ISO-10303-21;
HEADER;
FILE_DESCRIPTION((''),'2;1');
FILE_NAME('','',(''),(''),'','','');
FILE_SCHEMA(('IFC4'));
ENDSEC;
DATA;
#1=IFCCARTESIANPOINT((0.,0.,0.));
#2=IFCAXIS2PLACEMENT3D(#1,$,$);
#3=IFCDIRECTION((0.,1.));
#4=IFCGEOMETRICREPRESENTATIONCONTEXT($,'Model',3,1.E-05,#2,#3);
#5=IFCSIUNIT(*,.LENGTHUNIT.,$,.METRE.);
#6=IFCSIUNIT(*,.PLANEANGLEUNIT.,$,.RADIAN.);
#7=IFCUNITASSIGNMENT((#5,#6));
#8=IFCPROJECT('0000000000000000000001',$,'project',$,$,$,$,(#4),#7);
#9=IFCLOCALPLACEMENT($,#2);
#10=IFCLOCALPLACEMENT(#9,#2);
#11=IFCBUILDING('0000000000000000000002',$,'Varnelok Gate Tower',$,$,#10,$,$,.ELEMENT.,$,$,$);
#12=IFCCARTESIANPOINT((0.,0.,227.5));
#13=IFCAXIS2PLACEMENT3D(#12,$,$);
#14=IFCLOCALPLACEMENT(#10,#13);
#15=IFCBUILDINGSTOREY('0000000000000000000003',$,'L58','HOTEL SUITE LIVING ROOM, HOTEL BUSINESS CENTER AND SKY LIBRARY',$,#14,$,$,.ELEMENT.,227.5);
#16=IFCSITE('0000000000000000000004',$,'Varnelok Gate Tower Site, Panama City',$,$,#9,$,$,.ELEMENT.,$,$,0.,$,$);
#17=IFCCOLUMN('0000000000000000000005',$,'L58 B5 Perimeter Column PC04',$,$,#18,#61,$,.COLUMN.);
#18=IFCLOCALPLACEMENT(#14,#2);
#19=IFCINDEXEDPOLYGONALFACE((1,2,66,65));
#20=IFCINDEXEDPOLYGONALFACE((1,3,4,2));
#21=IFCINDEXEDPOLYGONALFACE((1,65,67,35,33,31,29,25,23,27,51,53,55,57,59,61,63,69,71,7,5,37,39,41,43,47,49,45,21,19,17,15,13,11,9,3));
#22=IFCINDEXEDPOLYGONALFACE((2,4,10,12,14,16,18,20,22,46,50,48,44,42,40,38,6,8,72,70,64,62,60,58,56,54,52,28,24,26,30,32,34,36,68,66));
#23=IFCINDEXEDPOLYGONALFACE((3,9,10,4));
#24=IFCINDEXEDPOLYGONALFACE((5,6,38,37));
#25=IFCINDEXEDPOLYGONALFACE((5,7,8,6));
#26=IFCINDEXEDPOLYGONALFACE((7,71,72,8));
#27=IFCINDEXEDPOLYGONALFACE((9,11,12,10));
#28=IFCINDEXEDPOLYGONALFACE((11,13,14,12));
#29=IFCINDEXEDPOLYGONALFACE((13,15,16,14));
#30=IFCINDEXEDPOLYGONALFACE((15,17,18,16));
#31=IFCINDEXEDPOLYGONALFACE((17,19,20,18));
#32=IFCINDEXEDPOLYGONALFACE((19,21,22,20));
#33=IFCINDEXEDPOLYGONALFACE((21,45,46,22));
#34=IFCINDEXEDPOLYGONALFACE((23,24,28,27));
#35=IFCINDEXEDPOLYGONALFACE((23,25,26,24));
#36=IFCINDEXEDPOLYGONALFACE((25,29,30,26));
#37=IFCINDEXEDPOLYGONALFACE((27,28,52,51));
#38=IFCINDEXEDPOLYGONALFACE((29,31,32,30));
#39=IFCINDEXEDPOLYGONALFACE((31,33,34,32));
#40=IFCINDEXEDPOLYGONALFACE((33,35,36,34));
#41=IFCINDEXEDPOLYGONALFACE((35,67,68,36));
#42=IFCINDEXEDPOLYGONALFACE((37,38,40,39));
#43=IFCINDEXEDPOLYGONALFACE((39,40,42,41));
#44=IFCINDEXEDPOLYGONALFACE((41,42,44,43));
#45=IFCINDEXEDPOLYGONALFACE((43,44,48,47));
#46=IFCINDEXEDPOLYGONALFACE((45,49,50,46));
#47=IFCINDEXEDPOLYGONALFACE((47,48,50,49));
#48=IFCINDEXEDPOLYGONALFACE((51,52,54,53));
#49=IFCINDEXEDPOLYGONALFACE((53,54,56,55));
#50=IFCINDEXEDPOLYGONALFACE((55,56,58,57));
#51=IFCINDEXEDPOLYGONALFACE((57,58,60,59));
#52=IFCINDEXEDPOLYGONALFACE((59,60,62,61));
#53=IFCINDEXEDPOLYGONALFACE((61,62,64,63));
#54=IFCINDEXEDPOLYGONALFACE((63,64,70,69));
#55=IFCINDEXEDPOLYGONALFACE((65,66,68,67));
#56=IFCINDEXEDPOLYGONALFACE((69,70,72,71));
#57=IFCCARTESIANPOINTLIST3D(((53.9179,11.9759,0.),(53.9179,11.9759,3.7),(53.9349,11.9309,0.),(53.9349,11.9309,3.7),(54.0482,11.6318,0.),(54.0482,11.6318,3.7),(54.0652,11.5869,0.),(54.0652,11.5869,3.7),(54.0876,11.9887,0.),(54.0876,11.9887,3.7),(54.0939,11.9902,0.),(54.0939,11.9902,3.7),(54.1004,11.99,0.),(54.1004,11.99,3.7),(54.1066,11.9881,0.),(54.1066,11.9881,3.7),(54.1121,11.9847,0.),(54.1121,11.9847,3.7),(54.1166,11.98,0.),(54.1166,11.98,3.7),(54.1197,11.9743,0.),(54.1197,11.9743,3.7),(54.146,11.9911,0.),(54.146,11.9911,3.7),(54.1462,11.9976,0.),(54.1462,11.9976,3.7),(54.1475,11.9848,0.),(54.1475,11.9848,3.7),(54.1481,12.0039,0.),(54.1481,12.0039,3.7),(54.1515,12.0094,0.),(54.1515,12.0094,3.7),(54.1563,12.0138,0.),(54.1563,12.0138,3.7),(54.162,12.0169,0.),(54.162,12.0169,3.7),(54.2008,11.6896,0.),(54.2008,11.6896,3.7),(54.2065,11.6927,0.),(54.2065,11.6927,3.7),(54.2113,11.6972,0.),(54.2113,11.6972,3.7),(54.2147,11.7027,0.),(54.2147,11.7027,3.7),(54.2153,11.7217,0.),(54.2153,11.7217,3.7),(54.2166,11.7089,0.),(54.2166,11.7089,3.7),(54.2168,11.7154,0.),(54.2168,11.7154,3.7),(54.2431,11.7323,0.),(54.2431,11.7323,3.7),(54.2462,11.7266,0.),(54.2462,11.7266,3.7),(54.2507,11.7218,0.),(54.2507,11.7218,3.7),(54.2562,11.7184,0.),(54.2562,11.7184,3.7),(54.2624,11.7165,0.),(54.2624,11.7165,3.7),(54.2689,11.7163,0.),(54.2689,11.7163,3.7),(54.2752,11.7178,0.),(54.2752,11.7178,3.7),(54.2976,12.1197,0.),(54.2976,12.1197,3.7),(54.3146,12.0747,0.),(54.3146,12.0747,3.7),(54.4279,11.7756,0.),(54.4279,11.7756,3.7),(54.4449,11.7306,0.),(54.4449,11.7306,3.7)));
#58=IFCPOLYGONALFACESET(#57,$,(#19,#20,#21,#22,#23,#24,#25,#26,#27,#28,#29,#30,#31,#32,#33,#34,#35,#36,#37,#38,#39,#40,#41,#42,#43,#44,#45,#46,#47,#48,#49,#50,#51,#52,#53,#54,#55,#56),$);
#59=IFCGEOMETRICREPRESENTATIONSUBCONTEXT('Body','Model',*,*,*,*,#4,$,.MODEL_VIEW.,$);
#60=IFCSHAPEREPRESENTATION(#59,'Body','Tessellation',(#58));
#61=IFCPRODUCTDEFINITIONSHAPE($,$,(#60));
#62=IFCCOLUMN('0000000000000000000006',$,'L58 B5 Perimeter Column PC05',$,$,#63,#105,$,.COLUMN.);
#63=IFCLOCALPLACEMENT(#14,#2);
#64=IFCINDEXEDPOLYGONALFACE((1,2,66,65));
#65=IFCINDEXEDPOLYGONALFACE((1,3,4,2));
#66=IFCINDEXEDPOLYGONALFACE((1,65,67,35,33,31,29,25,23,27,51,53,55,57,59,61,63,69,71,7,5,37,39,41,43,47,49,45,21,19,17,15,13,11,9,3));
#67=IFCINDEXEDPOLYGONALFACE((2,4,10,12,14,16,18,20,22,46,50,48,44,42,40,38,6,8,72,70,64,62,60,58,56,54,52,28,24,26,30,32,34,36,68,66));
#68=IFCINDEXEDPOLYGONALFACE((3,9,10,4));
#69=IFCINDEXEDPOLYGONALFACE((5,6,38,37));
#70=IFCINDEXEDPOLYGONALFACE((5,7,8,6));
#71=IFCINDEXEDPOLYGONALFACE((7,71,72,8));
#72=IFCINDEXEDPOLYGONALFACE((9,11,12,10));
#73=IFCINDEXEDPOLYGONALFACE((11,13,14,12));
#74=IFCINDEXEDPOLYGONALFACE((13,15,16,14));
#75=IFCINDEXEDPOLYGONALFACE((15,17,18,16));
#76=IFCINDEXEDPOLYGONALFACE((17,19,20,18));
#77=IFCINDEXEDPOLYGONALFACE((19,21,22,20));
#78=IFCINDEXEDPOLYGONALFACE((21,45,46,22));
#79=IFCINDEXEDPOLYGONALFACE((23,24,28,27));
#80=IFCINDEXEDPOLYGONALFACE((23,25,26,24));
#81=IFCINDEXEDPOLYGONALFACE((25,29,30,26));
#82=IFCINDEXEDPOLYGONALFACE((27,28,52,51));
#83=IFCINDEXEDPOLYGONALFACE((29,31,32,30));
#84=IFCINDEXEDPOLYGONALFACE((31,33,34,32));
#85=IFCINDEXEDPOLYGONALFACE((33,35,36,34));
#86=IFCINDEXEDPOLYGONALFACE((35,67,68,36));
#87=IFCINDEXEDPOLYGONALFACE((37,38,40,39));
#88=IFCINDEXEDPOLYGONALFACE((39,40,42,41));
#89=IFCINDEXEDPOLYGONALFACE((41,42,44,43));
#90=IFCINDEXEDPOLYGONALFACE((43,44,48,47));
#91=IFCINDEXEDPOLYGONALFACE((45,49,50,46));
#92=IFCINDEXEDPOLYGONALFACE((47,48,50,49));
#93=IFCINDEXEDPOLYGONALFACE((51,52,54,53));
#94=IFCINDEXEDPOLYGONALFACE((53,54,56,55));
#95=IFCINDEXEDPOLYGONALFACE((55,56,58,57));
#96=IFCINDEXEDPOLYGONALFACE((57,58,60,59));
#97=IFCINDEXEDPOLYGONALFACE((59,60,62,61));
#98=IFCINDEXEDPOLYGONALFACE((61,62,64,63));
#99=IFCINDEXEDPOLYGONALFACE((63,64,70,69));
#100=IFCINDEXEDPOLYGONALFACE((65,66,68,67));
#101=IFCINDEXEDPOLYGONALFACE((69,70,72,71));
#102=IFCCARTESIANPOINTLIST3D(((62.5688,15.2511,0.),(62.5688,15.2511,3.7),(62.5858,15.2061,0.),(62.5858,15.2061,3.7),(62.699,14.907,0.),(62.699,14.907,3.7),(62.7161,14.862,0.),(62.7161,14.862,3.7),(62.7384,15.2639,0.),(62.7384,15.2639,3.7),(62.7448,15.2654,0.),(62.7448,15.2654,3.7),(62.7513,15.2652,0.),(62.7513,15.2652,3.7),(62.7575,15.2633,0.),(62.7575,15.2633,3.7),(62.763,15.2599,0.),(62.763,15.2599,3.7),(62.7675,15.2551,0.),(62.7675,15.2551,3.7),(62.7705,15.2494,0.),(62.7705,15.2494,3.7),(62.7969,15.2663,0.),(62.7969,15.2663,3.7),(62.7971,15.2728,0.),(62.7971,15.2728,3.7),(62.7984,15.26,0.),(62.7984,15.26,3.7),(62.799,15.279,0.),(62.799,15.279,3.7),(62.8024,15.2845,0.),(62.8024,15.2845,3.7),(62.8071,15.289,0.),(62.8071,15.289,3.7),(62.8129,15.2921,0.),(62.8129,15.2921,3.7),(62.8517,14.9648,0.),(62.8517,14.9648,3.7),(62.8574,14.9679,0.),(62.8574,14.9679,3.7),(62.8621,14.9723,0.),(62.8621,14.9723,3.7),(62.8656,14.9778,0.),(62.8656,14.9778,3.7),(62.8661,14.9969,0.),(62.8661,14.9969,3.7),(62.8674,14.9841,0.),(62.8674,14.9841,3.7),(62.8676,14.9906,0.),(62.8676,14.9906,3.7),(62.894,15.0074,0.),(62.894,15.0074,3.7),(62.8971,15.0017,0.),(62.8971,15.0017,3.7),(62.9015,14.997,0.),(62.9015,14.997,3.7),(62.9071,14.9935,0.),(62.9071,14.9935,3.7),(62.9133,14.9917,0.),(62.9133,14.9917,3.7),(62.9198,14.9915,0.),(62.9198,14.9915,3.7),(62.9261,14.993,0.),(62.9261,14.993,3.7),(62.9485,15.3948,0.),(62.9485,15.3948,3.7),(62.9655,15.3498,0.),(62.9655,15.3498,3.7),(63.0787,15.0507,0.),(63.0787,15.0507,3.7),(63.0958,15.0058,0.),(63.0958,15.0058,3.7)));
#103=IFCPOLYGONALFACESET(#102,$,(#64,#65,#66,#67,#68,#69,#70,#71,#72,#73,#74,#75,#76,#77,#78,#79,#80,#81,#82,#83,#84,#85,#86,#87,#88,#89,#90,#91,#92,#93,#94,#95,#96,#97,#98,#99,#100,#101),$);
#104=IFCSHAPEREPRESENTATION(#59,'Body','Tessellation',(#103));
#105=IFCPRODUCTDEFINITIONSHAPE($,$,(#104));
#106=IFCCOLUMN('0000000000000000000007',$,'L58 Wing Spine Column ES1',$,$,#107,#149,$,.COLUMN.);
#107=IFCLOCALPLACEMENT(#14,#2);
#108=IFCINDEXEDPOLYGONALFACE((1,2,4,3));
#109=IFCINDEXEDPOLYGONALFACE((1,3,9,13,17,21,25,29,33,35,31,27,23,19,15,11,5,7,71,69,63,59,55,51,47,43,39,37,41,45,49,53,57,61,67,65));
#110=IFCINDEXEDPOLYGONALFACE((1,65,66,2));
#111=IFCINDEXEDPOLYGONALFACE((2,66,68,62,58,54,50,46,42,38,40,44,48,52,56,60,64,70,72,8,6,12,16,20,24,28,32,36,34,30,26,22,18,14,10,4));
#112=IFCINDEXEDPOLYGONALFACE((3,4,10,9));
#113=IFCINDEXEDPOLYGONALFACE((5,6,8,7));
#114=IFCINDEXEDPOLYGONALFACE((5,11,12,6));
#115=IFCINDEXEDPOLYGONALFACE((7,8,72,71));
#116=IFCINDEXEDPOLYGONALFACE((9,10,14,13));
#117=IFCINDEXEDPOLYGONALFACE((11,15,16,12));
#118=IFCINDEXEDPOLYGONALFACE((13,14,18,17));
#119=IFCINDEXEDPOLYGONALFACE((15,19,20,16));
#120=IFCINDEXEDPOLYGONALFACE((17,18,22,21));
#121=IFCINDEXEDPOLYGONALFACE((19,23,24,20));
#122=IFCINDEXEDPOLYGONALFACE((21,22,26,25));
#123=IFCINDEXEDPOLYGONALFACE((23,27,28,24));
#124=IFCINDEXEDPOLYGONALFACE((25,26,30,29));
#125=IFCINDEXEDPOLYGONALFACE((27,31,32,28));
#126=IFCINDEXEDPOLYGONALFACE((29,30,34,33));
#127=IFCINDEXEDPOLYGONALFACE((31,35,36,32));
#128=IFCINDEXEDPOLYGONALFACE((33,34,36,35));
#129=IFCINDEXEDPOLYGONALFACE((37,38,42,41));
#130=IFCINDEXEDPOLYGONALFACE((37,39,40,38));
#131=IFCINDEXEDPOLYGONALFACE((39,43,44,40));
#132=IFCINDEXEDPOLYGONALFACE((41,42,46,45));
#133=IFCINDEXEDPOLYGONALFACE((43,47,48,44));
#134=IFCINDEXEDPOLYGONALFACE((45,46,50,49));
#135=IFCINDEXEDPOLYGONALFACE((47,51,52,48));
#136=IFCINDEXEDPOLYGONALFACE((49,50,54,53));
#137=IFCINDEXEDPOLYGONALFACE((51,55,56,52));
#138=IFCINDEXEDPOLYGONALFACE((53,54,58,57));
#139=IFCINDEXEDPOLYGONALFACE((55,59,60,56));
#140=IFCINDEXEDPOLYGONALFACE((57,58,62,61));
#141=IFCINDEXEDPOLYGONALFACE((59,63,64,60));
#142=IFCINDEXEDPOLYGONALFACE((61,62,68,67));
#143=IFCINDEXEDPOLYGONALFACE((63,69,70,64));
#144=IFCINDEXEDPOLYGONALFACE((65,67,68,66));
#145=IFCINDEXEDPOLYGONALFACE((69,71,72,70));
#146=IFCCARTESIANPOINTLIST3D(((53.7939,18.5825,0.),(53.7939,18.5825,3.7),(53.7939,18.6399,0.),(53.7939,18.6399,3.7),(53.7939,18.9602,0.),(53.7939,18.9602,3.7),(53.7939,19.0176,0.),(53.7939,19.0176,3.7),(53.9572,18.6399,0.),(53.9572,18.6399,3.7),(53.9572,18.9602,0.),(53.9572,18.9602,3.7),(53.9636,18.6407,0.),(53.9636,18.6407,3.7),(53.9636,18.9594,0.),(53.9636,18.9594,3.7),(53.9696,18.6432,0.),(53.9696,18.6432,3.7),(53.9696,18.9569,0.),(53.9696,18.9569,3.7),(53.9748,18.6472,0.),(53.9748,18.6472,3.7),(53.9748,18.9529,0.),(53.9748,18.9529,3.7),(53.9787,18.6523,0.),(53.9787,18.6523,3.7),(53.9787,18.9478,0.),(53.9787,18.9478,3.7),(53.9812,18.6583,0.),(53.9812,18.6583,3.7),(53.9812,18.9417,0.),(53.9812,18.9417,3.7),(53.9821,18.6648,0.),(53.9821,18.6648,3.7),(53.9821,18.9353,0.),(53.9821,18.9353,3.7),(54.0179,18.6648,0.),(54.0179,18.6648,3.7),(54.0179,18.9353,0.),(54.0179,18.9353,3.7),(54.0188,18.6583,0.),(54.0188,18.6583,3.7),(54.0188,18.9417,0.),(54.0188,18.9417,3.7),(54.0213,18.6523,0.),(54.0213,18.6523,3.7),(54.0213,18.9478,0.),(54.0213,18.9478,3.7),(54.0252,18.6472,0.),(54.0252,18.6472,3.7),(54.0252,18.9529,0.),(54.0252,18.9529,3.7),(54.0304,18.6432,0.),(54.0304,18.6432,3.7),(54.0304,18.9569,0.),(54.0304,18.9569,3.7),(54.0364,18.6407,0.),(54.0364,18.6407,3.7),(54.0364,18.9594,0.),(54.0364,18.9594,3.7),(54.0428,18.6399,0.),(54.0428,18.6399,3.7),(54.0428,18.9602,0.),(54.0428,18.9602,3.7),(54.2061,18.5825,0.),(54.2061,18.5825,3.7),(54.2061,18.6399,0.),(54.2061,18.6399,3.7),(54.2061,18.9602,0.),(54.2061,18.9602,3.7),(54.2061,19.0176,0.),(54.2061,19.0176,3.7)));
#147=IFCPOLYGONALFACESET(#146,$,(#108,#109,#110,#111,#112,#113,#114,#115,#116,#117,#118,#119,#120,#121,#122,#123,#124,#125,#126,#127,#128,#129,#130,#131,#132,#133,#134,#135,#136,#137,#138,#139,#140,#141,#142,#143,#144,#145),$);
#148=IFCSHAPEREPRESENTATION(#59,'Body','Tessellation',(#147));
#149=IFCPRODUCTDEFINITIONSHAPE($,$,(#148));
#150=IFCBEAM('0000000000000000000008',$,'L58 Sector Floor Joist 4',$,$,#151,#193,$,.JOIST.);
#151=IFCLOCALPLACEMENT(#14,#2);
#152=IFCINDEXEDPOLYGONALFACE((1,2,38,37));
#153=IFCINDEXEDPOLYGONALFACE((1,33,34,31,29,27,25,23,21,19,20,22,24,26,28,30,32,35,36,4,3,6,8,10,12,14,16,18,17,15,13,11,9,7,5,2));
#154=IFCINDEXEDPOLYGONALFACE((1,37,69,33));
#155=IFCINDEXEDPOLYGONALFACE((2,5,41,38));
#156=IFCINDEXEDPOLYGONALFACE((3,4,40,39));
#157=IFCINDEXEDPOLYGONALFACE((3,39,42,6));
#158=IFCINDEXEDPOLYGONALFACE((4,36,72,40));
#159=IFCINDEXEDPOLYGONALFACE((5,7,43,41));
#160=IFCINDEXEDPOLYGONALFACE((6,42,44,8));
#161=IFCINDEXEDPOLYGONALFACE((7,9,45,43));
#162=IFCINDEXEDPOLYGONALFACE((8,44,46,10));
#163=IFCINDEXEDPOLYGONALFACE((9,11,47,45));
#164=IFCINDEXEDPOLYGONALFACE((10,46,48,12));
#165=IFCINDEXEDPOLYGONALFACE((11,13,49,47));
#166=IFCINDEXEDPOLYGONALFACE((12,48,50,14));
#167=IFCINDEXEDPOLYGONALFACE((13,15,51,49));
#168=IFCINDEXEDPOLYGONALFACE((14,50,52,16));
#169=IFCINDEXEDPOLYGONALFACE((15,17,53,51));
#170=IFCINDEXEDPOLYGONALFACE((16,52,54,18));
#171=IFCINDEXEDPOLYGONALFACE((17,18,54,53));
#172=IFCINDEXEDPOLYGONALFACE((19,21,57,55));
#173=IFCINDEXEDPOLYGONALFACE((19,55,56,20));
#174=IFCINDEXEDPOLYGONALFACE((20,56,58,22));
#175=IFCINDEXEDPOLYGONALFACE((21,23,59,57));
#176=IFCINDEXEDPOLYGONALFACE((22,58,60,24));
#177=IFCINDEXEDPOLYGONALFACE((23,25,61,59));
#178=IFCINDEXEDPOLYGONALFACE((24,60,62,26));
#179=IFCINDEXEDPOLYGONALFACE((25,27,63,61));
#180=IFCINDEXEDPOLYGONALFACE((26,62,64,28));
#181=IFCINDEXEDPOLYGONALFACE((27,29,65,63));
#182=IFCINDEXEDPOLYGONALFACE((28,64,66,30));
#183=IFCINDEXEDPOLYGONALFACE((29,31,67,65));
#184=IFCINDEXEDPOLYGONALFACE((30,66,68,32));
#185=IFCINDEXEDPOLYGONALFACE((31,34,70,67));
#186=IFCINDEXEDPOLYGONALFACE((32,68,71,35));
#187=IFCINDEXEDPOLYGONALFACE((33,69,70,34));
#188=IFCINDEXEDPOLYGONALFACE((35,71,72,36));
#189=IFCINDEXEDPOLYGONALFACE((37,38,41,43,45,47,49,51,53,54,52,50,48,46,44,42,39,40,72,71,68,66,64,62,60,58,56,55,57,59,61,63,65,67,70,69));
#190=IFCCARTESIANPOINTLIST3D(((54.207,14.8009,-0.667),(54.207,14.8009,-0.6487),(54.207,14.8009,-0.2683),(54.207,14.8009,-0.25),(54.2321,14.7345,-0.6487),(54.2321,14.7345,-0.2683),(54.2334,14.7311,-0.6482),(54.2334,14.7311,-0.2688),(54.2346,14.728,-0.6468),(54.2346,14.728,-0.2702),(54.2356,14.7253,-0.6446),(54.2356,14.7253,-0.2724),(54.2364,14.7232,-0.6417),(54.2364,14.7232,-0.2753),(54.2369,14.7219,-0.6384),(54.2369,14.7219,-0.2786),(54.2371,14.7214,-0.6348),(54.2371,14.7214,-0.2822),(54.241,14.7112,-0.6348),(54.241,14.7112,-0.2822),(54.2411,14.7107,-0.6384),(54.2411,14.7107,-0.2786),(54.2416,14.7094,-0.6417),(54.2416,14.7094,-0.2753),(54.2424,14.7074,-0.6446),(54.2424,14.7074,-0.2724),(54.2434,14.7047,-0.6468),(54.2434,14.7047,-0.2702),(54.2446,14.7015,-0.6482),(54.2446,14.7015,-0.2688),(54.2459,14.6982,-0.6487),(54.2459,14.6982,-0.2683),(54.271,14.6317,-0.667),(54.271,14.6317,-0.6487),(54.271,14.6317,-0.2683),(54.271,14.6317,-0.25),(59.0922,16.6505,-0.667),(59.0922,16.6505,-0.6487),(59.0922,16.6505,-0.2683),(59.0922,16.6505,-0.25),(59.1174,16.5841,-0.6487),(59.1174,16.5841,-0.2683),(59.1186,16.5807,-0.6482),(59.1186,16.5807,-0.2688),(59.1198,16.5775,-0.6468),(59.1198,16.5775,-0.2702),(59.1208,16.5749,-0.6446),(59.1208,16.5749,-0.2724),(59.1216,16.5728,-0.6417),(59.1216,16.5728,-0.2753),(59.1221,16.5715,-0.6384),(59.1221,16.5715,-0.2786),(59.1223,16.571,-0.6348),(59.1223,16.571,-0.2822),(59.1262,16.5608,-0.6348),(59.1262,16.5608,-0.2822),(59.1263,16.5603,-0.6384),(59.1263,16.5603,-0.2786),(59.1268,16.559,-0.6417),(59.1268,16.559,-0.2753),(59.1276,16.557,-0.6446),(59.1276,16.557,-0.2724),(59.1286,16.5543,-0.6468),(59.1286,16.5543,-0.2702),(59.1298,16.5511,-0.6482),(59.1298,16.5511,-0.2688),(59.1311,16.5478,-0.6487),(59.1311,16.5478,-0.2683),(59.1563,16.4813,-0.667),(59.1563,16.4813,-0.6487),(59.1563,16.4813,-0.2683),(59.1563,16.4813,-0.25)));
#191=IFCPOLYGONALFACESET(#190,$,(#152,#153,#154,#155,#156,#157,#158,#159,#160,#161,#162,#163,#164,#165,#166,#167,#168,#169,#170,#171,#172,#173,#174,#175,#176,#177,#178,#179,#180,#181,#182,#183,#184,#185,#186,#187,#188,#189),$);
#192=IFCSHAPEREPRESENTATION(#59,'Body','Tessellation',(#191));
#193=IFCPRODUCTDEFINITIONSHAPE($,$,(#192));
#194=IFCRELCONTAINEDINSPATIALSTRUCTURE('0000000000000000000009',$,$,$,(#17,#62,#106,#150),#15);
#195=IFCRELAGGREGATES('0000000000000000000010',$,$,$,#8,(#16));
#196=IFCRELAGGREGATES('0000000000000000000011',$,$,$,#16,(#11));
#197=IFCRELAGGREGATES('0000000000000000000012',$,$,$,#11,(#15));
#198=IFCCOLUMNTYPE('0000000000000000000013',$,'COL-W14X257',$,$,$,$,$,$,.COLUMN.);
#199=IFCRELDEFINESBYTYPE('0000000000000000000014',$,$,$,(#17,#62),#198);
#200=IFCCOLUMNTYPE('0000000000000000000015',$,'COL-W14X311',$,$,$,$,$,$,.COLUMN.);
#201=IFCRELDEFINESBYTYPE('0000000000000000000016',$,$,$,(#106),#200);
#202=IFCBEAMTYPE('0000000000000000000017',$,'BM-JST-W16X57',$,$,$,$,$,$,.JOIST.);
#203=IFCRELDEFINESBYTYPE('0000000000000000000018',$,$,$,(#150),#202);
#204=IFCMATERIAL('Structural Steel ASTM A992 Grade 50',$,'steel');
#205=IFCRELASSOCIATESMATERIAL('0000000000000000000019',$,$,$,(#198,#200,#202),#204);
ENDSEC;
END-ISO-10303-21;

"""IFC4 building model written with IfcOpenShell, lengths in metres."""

from ifc_helpers import new_model, si_unit, direction, frame, origin, origin_2d, place, context, subcontext, project, spatial, i_section, extrude, material, material_profile, profile_set, type_object, element, save


model = new_model("IFC4")

# Units and contexts
model_context = context("Model", 3, precision=1e-05, world=origin(), true_north=direction((0.0, 1.0)))
body_context = subcontext(model_context, "Body", "Model", "MODEL_VIEW")
ifc_project = project(units=[si_unit("LENGTHUNIT", "METRE"), si_unit("PLANEANGLEUNIT", "RADIAN")], contexts=[model_context])

# Site, building, storey
site_placement = place(None, origin())
site = spatial("IfcSite", under=ifc_project, at=site_placement, Name="Varnelok Gate Tower Site, Panama City", CompositionType="ELEMENT", RefElevation=0.0)
building_placement = place(site_placement, origin())
building = spatial("IfcBuilding", under=site, at=building_placement, Name="Varnelok Gate Tower", CompositionType="ELEMENT")
storey_placement = place(building_placement, frame((0.0, 0.0, 227.5)))
storey = spatial("IfcBuildingStorey", under=building, at=storey_placement, Name="L58", Description="HOTEL SUITE LIVING ROOM, HOTEL BUSINESS CENTER AND SKY LIBRARY", CompositionType="ELEMENT", Elevation=227.5)

# Columns
ifc_material_1 = material(Name="Structural Steel ASTM A992 Grade 50", Category="steel")
ifc_material_profile_1 = material_profile(ifc_material_1, i_section(OverallWidth=0.406, OverallDepth=0.416, WebThickness=0.0298, FlangeThickness=0.0481, FilletRadius=0.0249, at=origin_2d()), Name="W14X257")
ifc_profile_set_1 = profile_set([ifc_material_profile_1], Name="Structural Steel ASTM A992 Grade 50")
column_type_1 = type_object("IfcColumnType", Name="COL-W14X257", PredefinedType="COLUMN", material=ifc_profile_set_1)
for number, where, z_axis, x_axis, name in (
    (1, (54.1814, 11.8533, 0.0), (0.0, 0.0, 1.0), (0.935222, 0.354063, 0.0), "L58 B5 Perimeter Column PC04"),
    (2, (62.8323, 15.1284, 0.0), (0.0, 0.0, 1.0), (0.935222, 0.354063, 0.0), "L58 B5 Perimeter Column PC05"),
):
    element("IfcColumn", number, at=place(storey_placement, frame(where, z_axis=z_axis, x_axis=x_axis)), inside=storey, type_object=column_type_1, Name=name, PredefinedType="COLUMN", context=body_context, shape_type="SweptSolid", body=[
        extrude(i_section(OverallWidth=0.406, OverallDepth=0.416, WebThickness=0.0298, FlangeThickness=0.0481, FilletRadius=0.0249, at=origin_2d()), origin(), (0.0, 0.0, 1.0), 3.7),
    ])
ifc_material_profile_2 = material_profile(ifc_material_1, i_section(OverallWidth=0.4121, OverallDepth=0.4351, WebThickness=0.0359, FlangeThickness=0.0574, FilletRadius=0.0249, at=origin_2d()), Name="W14X311")
ifc_profile_set_2 = profile_set([ifc_material_profile_2], Name="Structural Steel ASTM A992 Grade 50")
column_type_2 = type_object("IfcColumnType", Name="COL-W14X311", PredefinedType="COLUMN", material=ifc_profile_set_2)
column_placement = place(storey_placement, frame((54.0, 18.8, 0.0), z_axis=(0.0, 0.0, 1.0), x_axis=(1.0, 0.0, 0.0)))
element("IfcColumn", 3, at=column_placement, inside=storey, type_object=column_type_2, Name="L58 Wing Spine Column ES1", PredefinedType="COLUMN", context=body_context, shape_type="SweptSolid", body=[
    extrude(i_section(OverallWidth=0.4121, OverallDepth=0.4351, WebThickness=0.0359, FlangeThickness=0.0574, FilletRadius=0.0249, at=origin_2d()), origin(), (0.0, 0.0, 1.0), 3.7),
])

# Beam
ifc_material_profile_3 = material_profile(ifc_material_1, i_section(OverallWidth=0.1809, OverallDepth=0.417, WebThickness=0.011, FlangeThickness=0.0183, FilletRadius=0.0139, at=origin_2d()), Name="W16X57")
ifc_profile_set_3 = profile_set([ifc_material_profile_3], Name="Structural Steel ASTM A992 Grade 50")
beam_type_1 = type_object("IfcBeamType", Name="BM-JST-W16X57", PredefinedType="JOIST", material=ifc_profile_set_3)
beam_1_placement = place(storey_placement, frame((54.239, 14.7163, -0.4585), z_axis=(0.935214, 0.354082, 0.0), x_axis=(-0.354082, 0.935214, 0.0)))
element("IfcBeam", 4, at=beam_1_placement, inside=storey, type_object=beam_type_1, Name="L58 Sector Floor Joist 4", PredefinedType="JOIST", context=body_context, shape_type="SweptSolid", body=[
    extrude(i_section(OverallWidth=0.1809, OverallDepth=0.417, WebThickness=0.011, FlangeThickness=0.0183, FilletRadius=0.0139, at=origin_2d()), origin(), (0.0, 0.0, 1.0), 5.2236),
])

save(model, "model.ifc")
